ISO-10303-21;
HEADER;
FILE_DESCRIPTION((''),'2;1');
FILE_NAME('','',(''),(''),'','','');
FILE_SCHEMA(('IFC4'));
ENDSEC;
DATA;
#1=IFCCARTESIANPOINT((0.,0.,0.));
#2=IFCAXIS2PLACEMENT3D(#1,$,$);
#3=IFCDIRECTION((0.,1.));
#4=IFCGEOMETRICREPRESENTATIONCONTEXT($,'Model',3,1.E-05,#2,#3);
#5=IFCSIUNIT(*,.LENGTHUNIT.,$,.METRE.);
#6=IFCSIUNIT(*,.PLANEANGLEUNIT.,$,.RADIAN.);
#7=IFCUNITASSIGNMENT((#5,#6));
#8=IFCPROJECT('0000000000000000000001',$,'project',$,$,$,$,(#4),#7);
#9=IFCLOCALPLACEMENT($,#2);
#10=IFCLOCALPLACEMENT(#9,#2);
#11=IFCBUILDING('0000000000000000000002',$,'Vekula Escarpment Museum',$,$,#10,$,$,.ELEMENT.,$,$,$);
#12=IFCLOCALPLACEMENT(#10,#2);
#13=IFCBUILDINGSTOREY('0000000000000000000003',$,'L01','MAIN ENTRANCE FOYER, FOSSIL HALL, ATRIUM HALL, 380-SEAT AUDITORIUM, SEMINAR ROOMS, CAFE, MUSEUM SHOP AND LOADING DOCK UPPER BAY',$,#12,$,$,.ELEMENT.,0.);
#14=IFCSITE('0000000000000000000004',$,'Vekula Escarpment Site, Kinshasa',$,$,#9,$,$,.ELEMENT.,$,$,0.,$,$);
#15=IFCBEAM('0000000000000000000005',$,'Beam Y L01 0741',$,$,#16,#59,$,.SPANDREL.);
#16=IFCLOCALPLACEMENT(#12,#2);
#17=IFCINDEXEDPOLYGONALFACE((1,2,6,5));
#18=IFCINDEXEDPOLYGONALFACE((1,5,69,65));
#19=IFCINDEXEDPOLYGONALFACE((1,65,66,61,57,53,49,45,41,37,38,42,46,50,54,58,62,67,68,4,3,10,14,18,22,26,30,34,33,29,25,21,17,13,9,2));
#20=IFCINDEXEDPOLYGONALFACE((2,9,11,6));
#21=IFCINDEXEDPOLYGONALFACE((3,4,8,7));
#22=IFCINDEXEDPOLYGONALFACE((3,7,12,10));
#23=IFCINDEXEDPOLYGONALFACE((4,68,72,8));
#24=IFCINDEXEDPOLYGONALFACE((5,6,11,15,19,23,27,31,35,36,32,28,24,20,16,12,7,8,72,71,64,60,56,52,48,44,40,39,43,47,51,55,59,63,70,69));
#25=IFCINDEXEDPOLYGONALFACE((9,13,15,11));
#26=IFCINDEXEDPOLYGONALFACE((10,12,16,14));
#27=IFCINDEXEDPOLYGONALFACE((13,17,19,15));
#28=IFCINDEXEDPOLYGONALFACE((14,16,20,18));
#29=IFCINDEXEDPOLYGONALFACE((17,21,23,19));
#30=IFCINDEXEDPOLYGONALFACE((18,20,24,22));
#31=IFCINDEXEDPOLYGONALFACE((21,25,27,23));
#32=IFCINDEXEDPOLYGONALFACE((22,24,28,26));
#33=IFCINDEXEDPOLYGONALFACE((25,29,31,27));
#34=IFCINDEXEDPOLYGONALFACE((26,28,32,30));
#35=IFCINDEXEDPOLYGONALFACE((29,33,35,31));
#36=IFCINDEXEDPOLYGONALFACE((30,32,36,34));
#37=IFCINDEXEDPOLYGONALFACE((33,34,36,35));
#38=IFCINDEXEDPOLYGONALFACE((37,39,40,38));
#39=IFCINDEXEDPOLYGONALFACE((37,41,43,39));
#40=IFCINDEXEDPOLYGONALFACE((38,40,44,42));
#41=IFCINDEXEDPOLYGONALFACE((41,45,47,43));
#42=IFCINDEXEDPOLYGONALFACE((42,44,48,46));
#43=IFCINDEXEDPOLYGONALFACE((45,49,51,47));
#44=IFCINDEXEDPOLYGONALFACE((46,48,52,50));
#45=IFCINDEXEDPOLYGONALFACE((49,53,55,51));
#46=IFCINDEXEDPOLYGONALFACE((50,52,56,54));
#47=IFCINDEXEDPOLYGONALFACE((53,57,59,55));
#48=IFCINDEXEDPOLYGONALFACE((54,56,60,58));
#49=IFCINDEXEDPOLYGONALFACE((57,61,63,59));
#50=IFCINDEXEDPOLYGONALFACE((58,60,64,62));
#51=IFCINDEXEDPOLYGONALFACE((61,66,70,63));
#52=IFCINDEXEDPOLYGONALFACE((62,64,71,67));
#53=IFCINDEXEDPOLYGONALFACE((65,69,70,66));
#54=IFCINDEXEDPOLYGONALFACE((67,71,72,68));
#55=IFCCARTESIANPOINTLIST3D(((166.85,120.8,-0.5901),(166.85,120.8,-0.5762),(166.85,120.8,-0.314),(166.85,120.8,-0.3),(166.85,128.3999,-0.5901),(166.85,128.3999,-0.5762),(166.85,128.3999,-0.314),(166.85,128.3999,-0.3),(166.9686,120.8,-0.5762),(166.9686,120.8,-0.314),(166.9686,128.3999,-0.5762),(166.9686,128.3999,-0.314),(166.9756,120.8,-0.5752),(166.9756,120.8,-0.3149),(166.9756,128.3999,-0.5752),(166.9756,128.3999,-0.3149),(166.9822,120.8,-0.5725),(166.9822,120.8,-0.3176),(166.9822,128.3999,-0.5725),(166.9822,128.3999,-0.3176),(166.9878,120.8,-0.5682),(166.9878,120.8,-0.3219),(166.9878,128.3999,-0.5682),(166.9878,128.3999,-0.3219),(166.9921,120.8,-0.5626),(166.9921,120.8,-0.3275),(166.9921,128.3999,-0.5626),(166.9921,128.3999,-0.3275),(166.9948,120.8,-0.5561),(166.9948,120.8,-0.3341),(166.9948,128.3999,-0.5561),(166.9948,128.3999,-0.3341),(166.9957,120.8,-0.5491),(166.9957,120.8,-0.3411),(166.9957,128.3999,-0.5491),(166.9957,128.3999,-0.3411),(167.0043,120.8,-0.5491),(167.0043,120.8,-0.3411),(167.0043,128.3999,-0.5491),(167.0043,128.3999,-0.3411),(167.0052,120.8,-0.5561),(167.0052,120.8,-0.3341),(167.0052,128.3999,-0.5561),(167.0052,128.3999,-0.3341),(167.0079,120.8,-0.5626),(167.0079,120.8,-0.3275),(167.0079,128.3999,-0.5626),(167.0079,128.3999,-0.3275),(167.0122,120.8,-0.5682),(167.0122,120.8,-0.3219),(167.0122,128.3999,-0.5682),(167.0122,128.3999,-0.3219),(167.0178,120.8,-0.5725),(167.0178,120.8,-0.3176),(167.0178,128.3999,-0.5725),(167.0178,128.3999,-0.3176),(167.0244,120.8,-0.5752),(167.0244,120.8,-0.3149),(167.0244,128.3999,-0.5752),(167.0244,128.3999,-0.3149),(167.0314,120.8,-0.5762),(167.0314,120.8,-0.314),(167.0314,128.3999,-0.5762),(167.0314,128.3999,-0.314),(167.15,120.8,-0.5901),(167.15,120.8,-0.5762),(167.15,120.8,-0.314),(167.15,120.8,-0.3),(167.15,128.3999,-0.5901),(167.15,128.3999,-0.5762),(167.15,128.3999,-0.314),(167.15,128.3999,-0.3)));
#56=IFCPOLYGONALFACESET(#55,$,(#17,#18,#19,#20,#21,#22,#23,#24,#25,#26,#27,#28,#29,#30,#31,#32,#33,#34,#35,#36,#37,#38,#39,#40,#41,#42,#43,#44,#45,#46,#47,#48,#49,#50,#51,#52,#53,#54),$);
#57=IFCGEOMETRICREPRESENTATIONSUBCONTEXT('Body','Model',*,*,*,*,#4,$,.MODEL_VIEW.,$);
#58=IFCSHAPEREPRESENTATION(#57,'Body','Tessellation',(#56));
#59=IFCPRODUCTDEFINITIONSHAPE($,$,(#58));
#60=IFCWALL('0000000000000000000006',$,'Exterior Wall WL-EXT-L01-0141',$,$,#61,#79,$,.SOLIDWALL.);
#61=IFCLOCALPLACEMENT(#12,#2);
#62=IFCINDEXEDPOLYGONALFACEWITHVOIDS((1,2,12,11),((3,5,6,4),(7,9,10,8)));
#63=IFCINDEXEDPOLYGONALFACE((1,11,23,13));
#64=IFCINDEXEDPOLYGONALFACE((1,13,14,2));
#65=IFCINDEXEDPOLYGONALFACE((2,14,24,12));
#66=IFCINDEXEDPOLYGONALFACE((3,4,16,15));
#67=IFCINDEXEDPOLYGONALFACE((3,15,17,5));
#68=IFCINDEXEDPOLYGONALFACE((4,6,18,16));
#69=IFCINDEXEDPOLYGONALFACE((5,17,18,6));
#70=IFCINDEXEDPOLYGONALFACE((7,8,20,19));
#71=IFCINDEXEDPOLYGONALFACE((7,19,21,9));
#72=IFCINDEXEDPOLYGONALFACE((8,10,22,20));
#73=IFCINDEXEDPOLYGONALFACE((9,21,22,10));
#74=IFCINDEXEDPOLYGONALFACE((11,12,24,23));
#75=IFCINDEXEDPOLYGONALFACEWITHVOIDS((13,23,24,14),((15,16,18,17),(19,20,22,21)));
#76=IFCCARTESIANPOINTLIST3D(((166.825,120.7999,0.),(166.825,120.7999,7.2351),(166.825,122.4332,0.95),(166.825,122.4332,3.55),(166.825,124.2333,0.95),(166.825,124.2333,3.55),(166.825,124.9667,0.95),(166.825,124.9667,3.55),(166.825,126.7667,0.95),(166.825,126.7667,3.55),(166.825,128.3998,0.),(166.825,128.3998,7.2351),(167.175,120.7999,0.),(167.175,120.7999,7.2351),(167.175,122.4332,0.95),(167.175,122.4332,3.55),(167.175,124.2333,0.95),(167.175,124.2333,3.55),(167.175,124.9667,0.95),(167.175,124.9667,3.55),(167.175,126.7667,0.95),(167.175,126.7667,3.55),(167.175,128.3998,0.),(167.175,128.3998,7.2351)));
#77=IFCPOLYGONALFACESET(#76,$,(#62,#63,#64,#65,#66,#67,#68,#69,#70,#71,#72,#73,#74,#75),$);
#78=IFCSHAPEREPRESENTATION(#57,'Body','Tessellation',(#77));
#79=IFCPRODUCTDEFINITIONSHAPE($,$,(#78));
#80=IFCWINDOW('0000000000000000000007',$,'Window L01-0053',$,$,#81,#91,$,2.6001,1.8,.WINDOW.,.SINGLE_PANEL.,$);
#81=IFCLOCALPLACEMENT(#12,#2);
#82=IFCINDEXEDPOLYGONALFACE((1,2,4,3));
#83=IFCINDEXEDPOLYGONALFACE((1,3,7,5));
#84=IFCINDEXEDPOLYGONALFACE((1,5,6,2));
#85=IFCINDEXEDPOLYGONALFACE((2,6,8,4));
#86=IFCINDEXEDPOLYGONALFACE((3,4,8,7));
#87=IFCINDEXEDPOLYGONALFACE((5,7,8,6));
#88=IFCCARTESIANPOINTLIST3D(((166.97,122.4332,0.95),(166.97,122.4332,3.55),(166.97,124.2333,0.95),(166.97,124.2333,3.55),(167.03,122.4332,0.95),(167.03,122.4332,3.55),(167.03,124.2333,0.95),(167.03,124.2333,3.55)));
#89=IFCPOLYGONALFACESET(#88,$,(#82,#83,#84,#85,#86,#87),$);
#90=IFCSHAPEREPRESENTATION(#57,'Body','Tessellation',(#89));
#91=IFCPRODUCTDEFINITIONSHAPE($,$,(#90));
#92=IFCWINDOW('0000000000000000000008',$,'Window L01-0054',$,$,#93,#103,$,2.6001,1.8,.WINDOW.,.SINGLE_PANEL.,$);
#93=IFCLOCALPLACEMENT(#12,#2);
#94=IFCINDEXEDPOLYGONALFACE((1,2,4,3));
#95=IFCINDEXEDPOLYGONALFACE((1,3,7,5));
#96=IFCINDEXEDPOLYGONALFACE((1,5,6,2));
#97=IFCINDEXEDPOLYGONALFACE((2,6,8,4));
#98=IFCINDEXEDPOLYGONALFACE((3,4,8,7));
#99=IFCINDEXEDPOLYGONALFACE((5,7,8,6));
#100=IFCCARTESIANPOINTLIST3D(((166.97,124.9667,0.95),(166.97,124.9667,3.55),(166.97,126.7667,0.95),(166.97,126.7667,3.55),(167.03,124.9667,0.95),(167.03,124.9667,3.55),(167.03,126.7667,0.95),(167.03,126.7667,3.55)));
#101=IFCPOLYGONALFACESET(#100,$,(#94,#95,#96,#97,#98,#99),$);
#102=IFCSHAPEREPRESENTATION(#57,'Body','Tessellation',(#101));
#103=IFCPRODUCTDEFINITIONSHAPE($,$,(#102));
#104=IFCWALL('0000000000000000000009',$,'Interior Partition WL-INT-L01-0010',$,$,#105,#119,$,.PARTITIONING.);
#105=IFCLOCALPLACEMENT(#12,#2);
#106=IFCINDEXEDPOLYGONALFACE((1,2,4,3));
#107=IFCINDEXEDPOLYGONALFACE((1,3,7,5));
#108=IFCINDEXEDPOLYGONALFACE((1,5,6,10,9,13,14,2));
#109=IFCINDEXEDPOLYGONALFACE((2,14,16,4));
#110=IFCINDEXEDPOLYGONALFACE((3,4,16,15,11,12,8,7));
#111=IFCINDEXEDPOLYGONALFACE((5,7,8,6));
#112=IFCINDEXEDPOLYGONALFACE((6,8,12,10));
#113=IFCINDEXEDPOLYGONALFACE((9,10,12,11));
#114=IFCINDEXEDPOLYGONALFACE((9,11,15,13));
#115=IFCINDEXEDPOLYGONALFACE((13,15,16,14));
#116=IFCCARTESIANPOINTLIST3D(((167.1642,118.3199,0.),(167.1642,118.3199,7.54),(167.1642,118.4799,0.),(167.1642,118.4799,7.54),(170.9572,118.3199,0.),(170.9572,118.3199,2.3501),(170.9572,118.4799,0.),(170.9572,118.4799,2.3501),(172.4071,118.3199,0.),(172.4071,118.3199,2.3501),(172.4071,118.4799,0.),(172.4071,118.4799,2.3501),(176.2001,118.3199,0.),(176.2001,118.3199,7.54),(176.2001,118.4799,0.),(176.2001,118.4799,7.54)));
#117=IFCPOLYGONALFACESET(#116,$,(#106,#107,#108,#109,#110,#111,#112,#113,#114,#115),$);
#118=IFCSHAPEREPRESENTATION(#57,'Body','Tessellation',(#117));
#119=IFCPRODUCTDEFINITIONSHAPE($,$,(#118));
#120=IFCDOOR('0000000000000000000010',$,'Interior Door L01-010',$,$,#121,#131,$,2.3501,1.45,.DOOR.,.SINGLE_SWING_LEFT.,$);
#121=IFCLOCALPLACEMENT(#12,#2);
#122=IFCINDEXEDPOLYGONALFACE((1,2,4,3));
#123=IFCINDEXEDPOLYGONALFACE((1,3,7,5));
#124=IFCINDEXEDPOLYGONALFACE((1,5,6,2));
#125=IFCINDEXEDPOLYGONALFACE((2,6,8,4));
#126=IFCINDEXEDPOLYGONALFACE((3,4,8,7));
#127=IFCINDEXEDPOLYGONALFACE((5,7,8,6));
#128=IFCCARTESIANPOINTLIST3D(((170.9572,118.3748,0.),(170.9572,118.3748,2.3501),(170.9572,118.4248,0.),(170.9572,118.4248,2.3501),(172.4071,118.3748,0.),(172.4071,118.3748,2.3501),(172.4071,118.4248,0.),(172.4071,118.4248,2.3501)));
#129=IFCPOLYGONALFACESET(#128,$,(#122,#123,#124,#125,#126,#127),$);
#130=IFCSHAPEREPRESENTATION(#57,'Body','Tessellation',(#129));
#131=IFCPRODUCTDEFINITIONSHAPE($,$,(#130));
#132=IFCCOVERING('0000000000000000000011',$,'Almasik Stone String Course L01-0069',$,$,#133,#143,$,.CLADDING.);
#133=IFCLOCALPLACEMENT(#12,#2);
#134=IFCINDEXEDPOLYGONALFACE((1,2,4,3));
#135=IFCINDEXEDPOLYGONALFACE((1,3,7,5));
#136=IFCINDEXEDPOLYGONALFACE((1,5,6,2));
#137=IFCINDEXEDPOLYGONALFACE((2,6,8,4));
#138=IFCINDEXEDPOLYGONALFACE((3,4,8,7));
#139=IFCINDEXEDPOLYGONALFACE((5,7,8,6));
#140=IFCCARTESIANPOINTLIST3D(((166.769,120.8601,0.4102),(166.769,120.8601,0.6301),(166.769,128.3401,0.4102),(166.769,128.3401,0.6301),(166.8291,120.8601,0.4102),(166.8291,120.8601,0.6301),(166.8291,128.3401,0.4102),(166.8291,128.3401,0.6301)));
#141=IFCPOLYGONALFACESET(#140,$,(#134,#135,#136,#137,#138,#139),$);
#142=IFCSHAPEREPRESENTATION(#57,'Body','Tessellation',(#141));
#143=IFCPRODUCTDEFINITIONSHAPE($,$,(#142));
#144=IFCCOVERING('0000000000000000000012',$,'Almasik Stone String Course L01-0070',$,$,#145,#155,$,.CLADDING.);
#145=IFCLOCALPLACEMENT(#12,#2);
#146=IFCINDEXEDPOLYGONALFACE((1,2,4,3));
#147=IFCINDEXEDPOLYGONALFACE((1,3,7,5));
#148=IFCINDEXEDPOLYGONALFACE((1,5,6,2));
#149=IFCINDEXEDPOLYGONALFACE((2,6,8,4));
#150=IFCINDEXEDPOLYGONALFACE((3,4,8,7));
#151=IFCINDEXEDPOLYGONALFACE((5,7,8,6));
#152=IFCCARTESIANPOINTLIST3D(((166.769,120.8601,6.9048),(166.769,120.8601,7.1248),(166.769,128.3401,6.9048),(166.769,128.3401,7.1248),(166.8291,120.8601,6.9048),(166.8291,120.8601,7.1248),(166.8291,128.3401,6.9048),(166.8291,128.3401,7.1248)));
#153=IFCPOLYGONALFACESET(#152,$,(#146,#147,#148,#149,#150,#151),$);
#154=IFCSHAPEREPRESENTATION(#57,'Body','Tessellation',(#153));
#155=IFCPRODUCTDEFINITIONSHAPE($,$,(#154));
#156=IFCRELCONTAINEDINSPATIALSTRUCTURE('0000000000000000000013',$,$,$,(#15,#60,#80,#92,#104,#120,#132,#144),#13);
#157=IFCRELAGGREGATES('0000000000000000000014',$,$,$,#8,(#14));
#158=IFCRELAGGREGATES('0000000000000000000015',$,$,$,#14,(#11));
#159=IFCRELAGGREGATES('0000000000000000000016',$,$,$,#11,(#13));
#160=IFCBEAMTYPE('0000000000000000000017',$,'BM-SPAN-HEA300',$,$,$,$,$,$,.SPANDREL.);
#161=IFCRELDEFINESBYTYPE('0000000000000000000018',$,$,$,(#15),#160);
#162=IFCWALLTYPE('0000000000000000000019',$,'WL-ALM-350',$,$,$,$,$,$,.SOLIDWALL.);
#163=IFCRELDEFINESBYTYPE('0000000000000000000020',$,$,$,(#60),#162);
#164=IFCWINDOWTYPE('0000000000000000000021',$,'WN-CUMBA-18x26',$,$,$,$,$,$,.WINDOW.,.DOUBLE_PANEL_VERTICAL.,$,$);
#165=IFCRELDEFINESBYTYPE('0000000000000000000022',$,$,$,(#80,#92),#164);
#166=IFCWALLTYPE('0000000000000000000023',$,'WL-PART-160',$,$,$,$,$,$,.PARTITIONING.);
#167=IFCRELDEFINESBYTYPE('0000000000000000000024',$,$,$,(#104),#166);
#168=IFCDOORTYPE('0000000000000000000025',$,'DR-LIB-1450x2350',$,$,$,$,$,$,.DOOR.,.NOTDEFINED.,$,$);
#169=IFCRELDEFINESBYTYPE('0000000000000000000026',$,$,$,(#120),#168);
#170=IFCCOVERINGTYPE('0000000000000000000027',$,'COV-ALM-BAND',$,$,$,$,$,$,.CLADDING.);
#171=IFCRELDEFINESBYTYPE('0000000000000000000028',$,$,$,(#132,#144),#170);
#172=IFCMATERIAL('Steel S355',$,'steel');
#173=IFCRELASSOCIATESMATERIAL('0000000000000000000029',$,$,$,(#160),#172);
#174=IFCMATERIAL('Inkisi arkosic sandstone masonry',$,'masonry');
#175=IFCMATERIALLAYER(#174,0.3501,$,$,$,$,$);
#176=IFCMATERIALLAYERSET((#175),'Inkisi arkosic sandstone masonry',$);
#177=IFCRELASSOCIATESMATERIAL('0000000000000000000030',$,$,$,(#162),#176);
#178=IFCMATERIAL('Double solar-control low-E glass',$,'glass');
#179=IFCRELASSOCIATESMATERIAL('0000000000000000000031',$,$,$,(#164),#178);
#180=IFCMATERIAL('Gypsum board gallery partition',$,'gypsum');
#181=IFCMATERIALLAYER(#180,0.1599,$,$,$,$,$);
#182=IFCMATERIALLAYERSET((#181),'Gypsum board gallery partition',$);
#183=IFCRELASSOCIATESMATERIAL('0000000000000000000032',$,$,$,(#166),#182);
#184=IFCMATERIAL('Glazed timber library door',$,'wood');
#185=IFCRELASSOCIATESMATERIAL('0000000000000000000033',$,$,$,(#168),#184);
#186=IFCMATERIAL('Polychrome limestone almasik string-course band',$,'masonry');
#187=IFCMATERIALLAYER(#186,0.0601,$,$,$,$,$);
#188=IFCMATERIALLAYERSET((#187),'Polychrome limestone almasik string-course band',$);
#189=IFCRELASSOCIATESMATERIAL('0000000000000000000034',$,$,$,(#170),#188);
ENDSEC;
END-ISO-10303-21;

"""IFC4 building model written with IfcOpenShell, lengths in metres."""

from ifc_helpers import new_model, si_unit, direction, frame, frame_2d, origin, origin_2d, place, context, subcontext, project, spatial, rectangle, i_section, extrude, material, layer, layer_set, material_profile, profile_set, type_object, element, fill, save


model = new_model("IFC4")

# Units and contexts
model_context = context("Model", 3, precision=1e-05, world=origin(), true_north=direction((0.0, 1.0)))
body_context = subcontext(model_context, "Body", "Model", "MODEL_VIEW")
ifc_project = project(units=[si_unit("LENGTHUNIT", "METRE"), si_unit("PLANEANGLEUNIT", "RADIAN")], contexts=[model_context])

# Site, building, storey
site_placement = place(None, origin())
site = spatial("IfcSite", under=ifc_project, at=site_placement, Name="Vekula Escarpment Site, Kinshasa", CompositionType="ELEMENT", RefElevation=0.0)
building_placement = place(site_placement, origin())
building = spatial("IfcBuilding", under=site, at=building_placement, Name="Vekula Escarpment Museum", CompositionType="ELEMENT")
storey_placement = place(building_placement, origin())
storey = spatial("IfcBuildingStorey", under=building, at=storey_placement, Name="L01", Description="MAIN ENTRANCE FOYER, FOSSIL HALL, ATRIUM HALL, 380-SEAT AUDITORIUM, SEMINAR ROOMS, CAFE, MUSEUM SHOP AND LOADING DOCK UPPER BAY", CompositionType="ELEMENT", Elevation=0.0)

# Beam
ifc_material_1 = material(Name="Steel S355", Category="steel")
ifc_material_profile_1 = material_profile(ifc_material_1, i_section(OverallWidth=0.3, OverallDepth=0.29, WebThickness=0.0085, FlangeThickness=0.0139, FilletRadius=0.0271, at=origin_2d()), Name="HEA 300")
ifc_profile_set_1 = profile_set([ifc_material_profile_1], Name="Steel S355")
beam_type_1 = type_object("IfcBeamType", Name="BM-SPAN-HEA300", PredefinedType="SPANDREL", material=ifc_profile_set_1)
beam_1_placement = place(storey_placement, frame((167.0, 120.8, -0.4451), z_axis=(0.0, 1.0, 0.0), x_axis=(-1.0, 0.0, 0.0)))
element("IfcBeam", 1, at=beam_1_placement, inside=storey, type_object=beam_type_1, Name="Beam Y L01 0741", PredefinedType="SPANDREL", context=body_context, shape_type="SweptSolid", body=[
    extrude(i_section(OverallWidth=0.3, OverallDepth=0.29, WebThickness=0.0085, FlangeThickness=0.0139, FilletRadius=0.0271, at=origin_2d()), origin(), (0.0, 0.0, 1.0), 7.5999),
])

# Wall, openings, windows
ifc_material_2 = material(Name="Inkisi arkosic sandstone masonry", Category="masonry")
ifc_layer_1 = layer(ifc_material_2, 0.3501)
ifc_layer_set_1 = layer_set([ifc_layer_1], Name="Inkisi arkosic sandstone masonry")
wall_type_1 = type_object("IfcWallType", Name="WL-ALM-350", PredefinedType="SOLIDWALL", material=ifc_layer_set_1)
wall_1_placement = place(storey_placement, frame((167.0, 120.8, 0.0), z_axis=(0.0, 0.0, 1.0), x_axis=(0.0, 1.0, 0.0)))
wall_1 = element("IfcWall", 2, at=wall_1_placement, inside=storey, type_object=wall_type_1, Name="Exterior Wall WL-EXT-L01-0141", PredefinedType="SOLIDWALL", context=body_context, shape_type="SweptSolid", body=[
    extrude(rectangle(XDim=7.5999, YDim=0.3501, at=frame_2d((3.7998, 0.0))), origin(), (0.0, 0.0, 1.0), 7.2351),
])
opening_1_placement = place(wall_1_placement, frame((1.6333, 0.0, 0.95)))
opening_1 = element("IfcOpeningElement", 3, at=opening_1_placement, cuts=wall_1, PredefinedType="OPENING", context=body_context, shape_type="SweptSolid", body=[
    extrude(rectangle(XDim=1.8, YDim=2.6001, at=frame_2d((0.8999, 1.3))), frame((0.0, 0.1851, 0.0), z_axis=(0.0, -1.0, 0.0), x_axis=(1.0, 0.0, 0.0)), (0.0, 0.0, 1.0), 0.3701),
])
opening_2_placement = place(wall_1_placement, frame((4.1667, 0.0, 0.95)))
opening_2 = element("IfcOpeningElement", 4, at=opening_2_placement, cuts=wall_1, PredefinedType="OPENING", context=body_context, shape_type="SweptSolid", body=[
    extrude(rectangle(XDim=1.8, YDim=2.6001, at=frame_2d((0.8999, 1.3))), frame((0.0, 0.1851, 0.0), z_axis=(0.0, -1.0, 0.0), x_axis=(1.0, 0.0, 0.0)), (0.0, 0.0, 1.0), 0.3701),
])
ifc_material_3 = material(Name="Double solar-control low-E glass", Category="glass")
window_type = type_object("IfcWindowType", Name="WN-CUMBA-18x26", PartitioningType="DOUBLE_PANEL_VERTICAL", PredefinedType="WINDOW", material=ifc_material_3)
window_1_placement = place(opening_1_placement, origin())
window_1 = element("IfcWindow", 5, at=window_1_placement, inside=storey, type_object=window_type, Name="Window L01-0053", OverallHeight=2.6001, OverallWidth=1.8, PartitioningType="SINGLE_PANEL", PredefinedType="WINDOW", context=body_context, shape_type="SweptSolid", body=[
    extrude(rectangle(XDim=1.8, YDim=2.6001, at=frame_2d((0.8999, 1.3))), frame((0.0, 0.03, 0.0), z_axis=(0.0, -1.0, 0.0), x_axis=(1.0, 0.0, 0.0)), (0.0, 0.0, 1.0), 0.0601),
])
fill(opening_1, window_1)
window_2_placement = place(opening_2_placement, origin())
window_2 = element("IfcWindow", 6, at=window_2_placement, inside=storey, type_object=window_type, Name="Window L01-0054", OverallHeight=2.6001, OverallWidth=1.8, PartitioningType="SINGLE_PANEL", PredefinedType="WINDOW", context=body_context, shape_type="SweptSolid", body=[
    extrude(rectangle(XDim=1.8, YDim=2.6001, at=frame_2d((0.8999, 1.3))), frame((0.0, 0.03, 0.0), z_axis=(0.0, -1.0, 0.0), x_axis=(1.0, 0.0, 0.0)), (0.0, 0.0, 1.0), 0.0601),
])
fill(opening_2, window_2)

# Wall, opening, door
ifc_material_4 = material(Name="Gypsum board gallery partition", Category="gypsum")
ifc_layer_2 = layer(ifc_material_4, 0.1599)
ifc_layer_set_2 = layer_set([ifc_layer_2], Name="Gypsum board gallery partition")
wall_type_2 = type_object("IfcWallType", Name="WL-PART-160", PredefinedType="PARTITIONING", material=ifc_layer_set_2)
wall_2_placement = place(storey_placement, frame((167.1641, 118.3999, 0.0), z_axis=(0.0, 0.0, 1.0), x_axis=(1.0, 0.0, 0.0)))
wall_2 = element("IfcWall", 7, at=wall_2_placement, inside=storey, type_object=wall_type_2, Name="Interior Partition WL-INT-L01-0010", PredefinedType="PARTITIONING", context=body_context, shape_type="SweptSolid", body=[
    extrude(rectangle(XDim=9.0359, YDim=0.1599, at=frame_2d((4.5181, 0.0))), origin(), (0.0, 0.0, 1.0), 7.54),
])
opening_3_placement = place(wall_2_placement, frame((3.793, 0.0, 0.0)))
opening_3 = element("IfcOpeningElement", 8, at=opening_3_placement, cuts=wall_2, PredefinedType="OPENING", context=body_context, shape_type="SweptSolid", body=[
    extrude(rectangle(XDim=1.45, YDim=2.3501, at=frame_2d((0.7251, 1.175))), frame((0.0, 0.0898, 0.0), z_axis=(0.0, -1.0, 0.0), x_axis=(1.0, 0.0, 0.0)), (0.0, 0.0, 1.0), 0.1799),
])
ifc_material_5 = material(Name="Glazed timber library door", Category="wood")
door_type_1 = type_object("IfcDoorType", Name="DR-LIB-1450x2350", OperationType="NOTDEFINED", PredefinedType="DOOR", material=ifc_material_5)
door_1_placement = place(opening_3_placement, origin())
door_1 = element("IfcDoor", 9, at=door_1_placement, inside=storey, type_object=door_type_1, Name="Interior Door L01-010", OperationType="SINGLE_SWING_LEFT", OverallHeight=2.3501, OverallWidth=1.45, PredefinedType="DOOR", context=body_context, shape_type="SweptSolid", body=[
    extrude(rectangle(XDim=1.45, YDim=2.3501, at=frame_2d((0.7251, 1.175))), frame((0.0, 0.0249, 0.0), z_axis=(0.0, -1.0, 0.0), x_axis=(1.0, 0.0, 0.0)), (0.0, 0.0, 1.0), 0.05),
])
fill(opening_3, door_1)

# Coverings
ifc_material_6 = material(Name="Polychrome limestone almasik string-course band", Category="masonry")
ifc_layer_3 = layer(ifc_material_6, 0.0601)
ifc_layer_set_3 = layer_set([ifc_layer_3], Name="Polychrome limestone almasik string-course band")
covering_type = type_object("IfcCoveringType", Name="COV-ALM-BAND", PredefinedType="CLADDING", material=ifc_layer_set_3)
for number, where, z_axis, x_axis, name in (
    (10, (166.7991, 124.6001, 0.4102), (0.0, 0.0, 1.0), (0.0, 1.0, 0.0), "Almasik Stone String Course L01-0069"),
    (11, (166.7991, 124.6001, 6.9048), (0.0, 0.0, 1.0), (0.0, 1.0, 0.0), "Almasik Stone String Course L01-0070"),
):
    element("IfcCovering", number, at=place(storey_placement, frame(where, z_axis=z_axis, x_axis=x_axis)), inside=storey, type_object=covering_type, Name=name, PredefinedType="CLADDING", context=body_context, shape_type="SweptSolid", body=[
        extrude(rectangle(XDim=7.48, YDim=0.0601, at=origin_2d()), origin(), (0.0, 0.0, 1.0), 0.22),
    ])

save(model, "model.ifc")
